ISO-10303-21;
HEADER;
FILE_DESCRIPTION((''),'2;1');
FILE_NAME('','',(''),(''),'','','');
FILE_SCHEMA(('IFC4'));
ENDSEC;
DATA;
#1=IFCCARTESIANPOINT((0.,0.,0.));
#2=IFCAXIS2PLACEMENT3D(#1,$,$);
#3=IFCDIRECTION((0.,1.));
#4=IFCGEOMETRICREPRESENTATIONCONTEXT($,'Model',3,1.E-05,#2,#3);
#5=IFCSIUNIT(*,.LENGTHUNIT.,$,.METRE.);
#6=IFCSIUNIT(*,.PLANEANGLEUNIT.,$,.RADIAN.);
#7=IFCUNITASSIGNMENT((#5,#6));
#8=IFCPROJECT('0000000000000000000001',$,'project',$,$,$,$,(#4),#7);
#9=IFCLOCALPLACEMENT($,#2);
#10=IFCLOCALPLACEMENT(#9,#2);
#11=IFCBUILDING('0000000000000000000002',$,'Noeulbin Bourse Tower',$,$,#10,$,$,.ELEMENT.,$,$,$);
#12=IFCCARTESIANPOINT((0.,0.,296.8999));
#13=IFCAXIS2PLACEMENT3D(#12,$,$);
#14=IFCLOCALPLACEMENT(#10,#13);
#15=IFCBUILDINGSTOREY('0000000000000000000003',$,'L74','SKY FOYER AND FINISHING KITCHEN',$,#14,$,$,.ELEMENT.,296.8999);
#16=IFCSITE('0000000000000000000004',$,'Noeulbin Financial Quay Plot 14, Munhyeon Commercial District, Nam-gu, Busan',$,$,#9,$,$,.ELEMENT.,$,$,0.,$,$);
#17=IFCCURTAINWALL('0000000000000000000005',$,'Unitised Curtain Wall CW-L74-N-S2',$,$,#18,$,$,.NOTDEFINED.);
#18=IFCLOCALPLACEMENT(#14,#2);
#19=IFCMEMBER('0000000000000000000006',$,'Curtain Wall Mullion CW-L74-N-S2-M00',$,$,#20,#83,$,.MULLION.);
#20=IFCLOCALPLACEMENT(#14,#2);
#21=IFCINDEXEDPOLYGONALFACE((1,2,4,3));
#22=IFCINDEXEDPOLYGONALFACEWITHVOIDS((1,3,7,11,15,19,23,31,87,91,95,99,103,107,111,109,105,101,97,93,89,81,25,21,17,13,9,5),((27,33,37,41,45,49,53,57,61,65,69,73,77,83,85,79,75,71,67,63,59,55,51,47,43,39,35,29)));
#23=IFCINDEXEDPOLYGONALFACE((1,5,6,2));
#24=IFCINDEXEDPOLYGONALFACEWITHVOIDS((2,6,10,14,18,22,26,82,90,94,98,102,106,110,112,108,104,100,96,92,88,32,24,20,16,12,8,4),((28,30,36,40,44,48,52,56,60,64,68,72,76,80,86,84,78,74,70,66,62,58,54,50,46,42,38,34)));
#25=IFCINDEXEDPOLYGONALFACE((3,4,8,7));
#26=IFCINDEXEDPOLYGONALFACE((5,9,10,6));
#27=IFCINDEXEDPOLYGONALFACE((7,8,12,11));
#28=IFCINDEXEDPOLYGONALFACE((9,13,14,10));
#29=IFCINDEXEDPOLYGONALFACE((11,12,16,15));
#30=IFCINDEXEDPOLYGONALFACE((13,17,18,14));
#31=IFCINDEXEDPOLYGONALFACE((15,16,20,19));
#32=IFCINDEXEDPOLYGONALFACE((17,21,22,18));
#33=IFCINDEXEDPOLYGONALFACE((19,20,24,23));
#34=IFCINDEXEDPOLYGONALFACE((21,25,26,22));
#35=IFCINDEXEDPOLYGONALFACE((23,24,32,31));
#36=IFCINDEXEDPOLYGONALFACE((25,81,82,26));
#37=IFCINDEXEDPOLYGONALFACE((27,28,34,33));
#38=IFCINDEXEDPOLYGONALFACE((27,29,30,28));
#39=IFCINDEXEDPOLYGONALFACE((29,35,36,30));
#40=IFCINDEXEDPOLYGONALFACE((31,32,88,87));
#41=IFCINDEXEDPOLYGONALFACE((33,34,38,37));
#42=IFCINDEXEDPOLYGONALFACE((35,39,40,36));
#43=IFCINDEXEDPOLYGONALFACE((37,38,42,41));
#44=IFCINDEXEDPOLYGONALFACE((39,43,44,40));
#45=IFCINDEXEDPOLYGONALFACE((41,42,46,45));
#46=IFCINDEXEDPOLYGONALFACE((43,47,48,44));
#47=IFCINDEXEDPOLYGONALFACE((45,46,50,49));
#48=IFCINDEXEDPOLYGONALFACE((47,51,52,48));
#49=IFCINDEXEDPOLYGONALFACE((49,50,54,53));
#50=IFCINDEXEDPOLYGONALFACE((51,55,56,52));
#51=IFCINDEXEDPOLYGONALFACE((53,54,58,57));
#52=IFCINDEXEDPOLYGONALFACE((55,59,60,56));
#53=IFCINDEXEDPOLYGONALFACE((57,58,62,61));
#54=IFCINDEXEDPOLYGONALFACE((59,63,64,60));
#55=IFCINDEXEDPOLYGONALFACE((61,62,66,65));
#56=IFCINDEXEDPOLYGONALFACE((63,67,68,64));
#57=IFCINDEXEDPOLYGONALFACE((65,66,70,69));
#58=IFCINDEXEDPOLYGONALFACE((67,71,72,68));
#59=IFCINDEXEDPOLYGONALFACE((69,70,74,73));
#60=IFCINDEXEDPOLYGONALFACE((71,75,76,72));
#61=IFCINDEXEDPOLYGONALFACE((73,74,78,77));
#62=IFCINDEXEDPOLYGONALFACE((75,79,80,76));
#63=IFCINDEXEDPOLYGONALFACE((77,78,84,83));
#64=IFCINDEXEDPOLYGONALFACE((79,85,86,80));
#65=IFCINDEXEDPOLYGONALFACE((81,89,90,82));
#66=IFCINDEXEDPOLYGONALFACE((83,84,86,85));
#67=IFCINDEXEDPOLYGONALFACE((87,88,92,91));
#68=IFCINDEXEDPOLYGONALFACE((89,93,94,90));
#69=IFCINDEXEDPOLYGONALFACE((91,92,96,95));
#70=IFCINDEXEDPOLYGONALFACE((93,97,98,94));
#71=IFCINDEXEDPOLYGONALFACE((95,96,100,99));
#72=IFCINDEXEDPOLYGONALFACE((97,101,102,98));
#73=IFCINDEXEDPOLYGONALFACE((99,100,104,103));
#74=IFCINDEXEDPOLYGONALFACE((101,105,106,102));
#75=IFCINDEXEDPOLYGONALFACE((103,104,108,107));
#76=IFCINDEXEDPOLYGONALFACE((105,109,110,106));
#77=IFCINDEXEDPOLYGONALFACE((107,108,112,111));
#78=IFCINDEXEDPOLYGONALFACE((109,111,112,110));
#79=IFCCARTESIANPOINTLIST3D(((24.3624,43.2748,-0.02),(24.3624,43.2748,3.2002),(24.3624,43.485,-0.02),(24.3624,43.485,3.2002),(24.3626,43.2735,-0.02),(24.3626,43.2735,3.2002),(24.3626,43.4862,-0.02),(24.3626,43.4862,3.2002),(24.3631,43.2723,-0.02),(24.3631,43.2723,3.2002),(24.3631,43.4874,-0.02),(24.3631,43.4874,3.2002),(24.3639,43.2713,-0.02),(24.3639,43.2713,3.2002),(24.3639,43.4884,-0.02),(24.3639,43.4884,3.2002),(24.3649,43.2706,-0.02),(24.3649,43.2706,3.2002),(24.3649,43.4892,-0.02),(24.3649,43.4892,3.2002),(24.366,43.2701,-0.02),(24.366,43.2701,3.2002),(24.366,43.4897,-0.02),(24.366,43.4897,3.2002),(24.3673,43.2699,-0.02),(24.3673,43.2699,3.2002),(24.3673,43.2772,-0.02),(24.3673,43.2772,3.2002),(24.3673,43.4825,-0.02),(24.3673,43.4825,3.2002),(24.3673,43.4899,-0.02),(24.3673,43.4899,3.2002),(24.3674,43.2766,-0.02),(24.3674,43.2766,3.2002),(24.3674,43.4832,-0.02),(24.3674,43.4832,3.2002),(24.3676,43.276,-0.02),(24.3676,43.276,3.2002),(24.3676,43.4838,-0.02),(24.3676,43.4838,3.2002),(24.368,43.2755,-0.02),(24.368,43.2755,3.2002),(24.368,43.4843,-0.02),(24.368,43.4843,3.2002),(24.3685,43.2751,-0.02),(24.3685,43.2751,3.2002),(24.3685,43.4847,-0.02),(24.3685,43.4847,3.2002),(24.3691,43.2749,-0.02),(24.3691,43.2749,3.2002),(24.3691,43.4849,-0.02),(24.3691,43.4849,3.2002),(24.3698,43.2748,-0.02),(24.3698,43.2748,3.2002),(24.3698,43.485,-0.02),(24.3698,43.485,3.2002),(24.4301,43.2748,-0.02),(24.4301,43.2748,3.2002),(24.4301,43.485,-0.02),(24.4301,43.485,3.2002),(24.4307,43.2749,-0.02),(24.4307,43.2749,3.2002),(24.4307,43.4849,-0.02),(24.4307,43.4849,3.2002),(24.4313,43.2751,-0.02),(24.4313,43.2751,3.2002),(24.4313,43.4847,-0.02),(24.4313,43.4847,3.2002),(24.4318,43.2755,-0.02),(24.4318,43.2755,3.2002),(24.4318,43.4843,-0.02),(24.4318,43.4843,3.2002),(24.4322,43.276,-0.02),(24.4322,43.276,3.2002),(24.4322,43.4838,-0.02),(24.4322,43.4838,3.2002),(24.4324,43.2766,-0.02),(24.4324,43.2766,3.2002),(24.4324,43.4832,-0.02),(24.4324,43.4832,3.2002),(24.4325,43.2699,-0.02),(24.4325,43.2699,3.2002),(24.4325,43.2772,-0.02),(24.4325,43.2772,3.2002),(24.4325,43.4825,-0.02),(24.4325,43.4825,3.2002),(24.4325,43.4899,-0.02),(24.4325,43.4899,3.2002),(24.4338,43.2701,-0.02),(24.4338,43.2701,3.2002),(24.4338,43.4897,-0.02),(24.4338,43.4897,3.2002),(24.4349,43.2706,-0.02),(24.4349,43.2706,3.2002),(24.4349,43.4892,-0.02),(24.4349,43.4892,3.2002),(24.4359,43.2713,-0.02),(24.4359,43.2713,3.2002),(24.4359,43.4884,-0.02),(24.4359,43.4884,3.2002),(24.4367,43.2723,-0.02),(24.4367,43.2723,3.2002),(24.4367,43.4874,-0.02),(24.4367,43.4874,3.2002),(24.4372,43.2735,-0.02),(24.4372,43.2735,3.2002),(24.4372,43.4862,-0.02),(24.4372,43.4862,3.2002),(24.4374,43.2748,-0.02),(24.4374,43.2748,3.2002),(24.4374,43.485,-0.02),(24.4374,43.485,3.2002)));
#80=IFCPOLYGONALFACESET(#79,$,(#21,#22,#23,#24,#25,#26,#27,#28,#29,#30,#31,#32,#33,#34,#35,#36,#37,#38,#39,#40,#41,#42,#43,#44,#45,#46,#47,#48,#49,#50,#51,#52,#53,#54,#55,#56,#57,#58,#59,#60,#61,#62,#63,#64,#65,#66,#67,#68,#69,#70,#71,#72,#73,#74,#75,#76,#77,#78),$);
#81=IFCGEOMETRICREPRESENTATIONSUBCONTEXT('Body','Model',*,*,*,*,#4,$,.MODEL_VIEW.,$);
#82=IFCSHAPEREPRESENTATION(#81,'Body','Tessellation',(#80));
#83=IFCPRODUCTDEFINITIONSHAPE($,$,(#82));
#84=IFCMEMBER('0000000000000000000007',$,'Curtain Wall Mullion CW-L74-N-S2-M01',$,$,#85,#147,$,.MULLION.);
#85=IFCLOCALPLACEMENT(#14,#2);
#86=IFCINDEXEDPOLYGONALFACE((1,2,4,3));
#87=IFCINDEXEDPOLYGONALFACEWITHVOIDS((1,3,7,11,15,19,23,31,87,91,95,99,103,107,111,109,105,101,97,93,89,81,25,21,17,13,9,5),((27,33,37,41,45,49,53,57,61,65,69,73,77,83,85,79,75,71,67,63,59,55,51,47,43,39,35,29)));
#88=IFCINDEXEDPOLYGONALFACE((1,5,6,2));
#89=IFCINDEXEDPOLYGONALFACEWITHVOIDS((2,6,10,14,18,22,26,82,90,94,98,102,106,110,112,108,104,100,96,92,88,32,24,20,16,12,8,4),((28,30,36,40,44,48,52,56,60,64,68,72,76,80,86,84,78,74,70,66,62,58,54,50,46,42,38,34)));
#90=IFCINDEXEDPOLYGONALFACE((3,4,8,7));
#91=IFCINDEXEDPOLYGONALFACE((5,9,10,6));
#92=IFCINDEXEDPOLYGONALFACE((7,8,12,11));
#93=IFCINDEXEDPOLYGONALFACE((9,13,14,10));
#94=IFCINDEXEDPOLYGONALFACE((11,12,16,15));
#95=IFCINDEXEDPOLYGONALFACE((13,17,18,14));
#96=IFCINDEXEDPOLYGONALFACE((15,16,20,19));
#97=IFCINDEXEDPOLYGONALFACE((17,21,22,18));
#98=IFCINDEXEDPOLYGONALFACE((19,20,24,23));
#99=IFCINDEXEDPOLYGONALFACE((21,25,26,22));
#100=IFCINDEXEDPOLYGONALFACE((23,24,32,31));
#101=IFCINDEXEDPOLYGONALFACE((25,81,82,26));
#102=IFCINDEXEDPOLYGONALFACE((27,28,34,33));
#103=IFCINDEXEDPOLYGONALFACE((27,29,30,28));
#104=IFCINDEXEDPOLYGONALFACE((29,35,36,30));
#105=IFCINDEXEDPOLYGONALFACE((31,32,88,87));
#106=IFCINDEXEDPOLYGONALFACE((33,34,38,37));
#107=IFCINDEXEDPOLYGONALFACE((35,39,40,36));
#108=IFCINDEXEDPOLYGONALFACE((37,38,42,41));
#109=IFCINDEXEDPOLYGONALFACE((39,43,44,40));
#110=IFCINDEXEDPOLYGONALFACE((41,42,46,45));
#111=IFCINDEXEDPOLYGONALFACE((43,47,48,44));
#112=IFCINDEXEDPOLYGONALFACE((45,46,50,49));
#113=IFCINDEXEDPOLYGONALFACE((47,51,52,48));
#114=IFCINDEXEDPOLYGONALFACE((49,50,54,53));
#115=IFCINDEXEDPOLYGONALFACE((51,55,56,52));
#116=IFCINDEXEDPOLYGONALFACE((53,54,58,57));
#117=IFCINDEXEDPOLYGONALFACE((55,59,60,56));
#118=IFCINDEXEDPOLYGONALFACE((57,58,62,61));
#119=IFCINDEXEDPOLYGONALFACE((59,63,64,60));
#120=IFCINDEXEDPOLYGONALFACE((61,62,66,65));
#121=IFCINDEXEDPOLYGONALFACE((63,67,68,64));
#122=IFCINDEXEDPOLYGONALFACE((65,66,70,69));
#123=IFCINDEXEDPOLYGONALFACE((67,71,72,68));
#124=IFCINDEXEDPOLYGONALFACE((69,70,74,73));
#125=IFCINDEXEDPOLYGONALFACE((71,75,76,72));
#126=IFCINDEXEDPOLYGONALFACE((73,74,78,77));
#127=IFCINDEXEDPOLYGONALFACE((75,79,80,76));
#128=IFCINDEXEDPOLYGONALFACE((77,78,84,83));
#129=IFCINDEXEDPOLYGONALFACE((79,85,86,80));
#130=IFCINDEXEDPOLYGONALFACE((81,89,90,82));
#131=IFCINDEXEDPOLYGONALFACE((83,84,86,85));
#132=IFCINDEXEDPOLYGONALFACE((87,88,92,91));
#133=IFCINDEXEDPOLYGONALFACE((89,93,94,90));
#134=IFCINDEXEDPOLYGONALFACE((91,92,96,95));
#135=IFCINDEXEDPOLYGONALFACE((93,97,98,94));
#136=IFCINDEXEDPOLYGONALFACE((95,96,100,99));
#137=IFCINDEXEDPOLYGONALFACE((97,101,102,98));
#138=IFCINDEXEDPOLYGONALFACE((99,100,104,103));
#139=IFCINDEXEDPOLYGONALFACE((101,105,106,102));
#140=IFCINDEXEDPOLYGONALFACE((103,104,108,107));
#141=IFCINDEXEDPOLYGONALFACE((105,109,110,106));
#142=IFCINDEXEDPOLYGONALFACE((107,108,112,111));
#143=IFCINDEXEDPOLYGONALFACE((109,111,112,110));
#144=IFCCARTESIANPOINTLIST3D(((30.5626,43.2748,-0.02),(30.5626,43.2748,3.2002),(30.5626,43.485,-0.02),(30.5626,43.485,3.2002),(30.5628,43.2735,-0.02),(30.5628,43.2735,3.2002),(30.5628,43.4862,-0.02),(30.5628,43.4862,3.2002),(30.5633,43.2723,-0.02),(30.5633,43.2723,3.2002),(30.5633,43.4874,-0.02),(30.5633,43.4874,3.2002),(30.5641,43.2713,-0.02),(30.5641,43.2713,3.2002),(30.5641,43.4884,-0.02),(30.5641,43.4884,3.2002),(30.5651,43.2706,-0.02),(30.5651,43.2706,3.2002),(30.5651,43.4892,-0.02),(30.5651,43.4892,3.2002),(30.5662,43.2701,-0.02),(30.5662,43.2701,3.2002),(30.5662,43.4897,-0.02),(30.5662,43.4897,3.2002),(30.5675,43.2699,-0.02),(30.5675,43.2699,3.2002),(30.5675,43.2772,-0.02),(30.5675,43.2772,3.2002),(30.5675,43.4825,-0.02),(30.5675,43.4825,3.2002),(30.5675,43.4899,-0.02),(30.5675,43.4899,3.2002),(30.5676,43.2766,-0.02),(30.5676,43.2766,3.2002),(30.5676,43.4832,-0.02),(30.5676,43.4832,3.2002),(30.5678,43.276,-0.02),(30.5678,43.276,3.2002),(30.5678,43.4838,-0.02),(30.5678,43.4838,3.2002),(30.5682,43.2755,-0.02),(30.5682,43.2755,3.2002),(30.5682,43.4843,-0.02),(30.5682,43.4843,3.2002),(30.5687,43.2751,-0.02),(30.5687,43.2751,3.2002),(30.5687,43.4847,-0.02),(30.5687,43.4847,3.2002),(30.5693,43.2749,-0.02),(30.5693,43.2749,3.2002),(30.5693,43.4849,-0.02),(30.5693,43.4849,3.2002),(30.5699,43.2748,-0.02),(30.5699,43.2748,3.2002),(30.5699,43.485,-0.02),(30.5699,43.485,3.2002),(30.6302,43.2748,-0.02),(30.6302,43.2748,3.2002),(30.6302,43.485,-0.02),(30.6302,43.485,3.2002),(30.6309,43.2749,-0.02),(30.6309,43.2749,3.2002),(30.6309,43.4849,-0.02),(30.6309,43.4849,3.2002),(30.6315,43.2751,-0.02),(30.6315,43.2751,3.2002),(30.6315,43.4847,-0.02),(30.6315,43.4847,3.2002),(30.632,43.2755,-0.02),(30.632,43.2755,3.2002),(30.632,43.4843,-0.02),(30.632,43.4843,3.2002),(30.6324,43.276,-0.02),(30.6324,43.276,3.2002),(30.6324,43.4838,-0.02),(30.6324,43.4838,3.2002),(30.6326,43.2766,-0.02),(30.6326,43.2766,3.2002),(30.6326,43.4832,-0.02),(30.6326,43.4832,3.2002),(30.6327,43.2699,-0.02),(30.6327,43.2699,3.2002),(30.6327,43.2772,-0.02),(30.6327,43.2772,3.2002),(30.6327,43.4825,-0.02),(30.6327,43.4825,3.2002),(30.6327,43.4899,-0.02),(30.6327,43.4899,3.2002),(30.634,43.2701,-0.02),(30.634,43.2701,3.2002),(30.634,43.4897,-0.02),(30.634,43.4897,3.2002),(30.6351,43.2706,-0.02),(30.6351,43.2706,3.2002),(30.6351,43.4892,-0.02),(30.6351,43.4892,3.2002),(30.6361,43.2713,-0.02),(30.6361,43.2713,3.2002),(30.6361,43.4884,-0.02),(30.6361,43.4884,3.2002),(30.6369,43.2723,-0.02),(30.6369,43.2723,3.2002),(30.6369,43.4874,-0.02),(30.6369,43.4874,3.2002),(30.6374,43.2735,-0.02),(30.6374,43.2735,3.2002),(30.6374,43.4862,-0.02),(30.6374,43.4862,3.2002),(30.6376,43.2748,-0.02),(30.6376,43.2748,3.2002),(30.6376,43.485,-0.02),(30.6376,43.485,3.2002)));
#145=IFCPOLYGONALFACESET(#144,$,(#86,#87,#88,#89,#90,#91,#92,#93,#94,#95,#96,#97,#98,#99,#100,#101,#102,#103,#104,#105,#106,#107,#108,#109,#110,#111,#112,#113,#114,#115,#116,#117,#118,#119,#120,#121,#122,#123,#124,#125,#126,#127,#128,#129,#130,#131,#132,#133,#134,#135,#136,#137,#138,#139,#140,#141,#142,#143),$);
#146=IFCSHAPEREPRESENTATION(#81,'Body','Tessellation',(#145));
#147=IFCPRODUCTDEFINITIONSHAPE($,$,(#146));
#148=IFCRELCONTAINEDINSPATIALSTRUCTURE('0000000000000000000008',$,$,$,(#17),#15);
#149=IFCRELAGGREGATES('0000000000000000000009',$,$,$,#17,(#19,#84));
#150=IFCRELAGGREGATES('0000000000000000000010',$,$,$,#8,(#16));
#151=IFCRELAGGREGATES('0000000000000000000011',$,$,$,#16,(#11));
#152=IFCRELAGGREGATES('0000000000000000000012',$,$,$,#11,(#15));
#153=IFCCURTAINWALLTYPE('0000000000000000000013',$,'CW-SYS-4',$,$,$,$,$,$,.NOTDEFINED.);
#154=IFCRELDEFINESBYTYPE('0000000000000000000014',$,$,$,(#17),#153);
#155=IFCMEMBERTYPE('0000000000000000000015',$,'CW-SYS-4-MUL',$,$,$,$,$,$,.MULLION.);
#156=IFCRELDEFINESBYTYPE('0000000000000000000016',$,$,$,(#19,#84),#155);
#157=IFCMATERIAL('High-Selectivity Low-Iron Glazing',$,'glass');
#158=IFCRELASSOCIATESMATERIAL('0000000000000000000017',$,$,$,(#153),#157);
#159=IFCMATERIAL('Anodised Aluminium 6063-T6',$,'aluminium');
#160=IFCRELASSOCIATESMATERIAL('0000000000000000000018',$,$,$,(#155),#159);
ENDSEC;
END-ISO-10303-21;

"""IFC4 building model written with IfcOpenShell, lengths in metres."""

from ifc_helpers import new_model, si_unit, direction, frame, origin, origin_2d, place, context, subcontext, project, spatial, hollow_rectangle, extrude, material, material_profile, profile_set, type_object, element, aggregate, save


model = new_model("IFC4")

# Units and contexts
model_context = context("Model", 3, precision=1e-05, world=origin(), true_north=direction((0.0, 1.0)))
body_context = subcontext(model_context, "Body", "Model", "MODEL_VIEW")
ifc_project = project(units=[si_unit("LENGTHUNIT", "METRE"), si_unit("PLANEANGLEUNIT", "RADIAN")], contexts=[model_context])

# Site, building, storey
site_placement = place(None, origin())
site = spatial("IfcSite", under=ifc_project, at=site_placement, Name="Noeulbin Financial Quay Plot 14, Munhyeon Commercial District, Nam-gu, Busan", CompositionType="ELEMENT", RefElevation=0.0)
building_placement = place(site_placement, origin())
building = spatial("IfcBuilding", under=site, at=building_placement, Name="Noeulbin Bourse Tower", CompositionType="ELEMENT")
storey_placement = place(building_placement, frame((0.0, 0.0, 296.8999)))
storey = spatial("IfcBuildingStorey", under=building, at=storey_placement, Name="L74", Description="SKY FOYER AND FINISHING KITCHEN", CompositionType="ELEMENT", Elevation=296.8999)

# Curtain wall, members
ifc_material_1 = material(Name="High-Selectivity Low-Iron Glazing", Category="glass")
curtain_wall_type = type_object("IfcCurtainWallType", Name="CW-SYS-4", PredefinedType="NOTDEFINED", material=ifc_material_1)
ifc_material_2 = material(Name="Anodised Aluminium 6063-T6", Category="aluminium")
ifc_material_profile_1 = material_profile(ifc_material_2, hollow_rectangle(XDim=0.075, YDim=0.22, WallThickness=0.0049, InnerFilletRadius=0.0024, OuterFilletRadius=0.0049, at=origin_2d()), Name="ALU-MULL-75x220x5", Category="LoadBearing")
ifc_profile_set_1 = profile_set([ifc_material_profile_1], Name="Anodised Aluminium 6063-T6")
member_type_1 = type_object("IfcMemberType", Name="CW-SYS-4-MUL", PredefinedType="MULLION", material=ifc_profile_set_1)
curtain_wall_1_placement = place(storey_placement, origin())
curtain_wall_1 = element("IfcCurtainWall", 1, at=curtain_wall_1_placement, inside=storey, type_object=curtain_wall_type, Name="Unitised Curtain Wall CW-L74-N-S2", PredefinedType="NOTDEFINED")
member_1_placement = place(storey_placement, frame((24.3999, 43.3799, -0.02), z_axis=(0.0, 0.0, 1.0), x_axis=(1.0, 0.0, 0.0)))
member_1 = element("IfcMember", 2, at=member_1_placement, type_object=member_type_1, Name="Curtain Wall Mullion CW-L74-N-S2-M00", PredefinedType="MULLION", context=body_context, shape_type="SweptSolid", body=[
    extrude(hollow_rectangle(XDim=0.075, YDim=0.22, WallThickness=0.0049, InnerFilletRadius=0.0024, OuterFilletRadius=0.0049, at=origin_2d()), origin(), (0.0, 0.0, 1.0), 3.2202),
])
member_2_placement = place(storey_placement, frame((30.6001, 43.3799, -0.02), z_axis=(0.0, 0.0, 1.0), x_axis=(1.0, 0.0, 0.0)))
member_2 = element("IfcMember", 3, at=member_2_placement, type_object=member_type_1, Name="Curtain Wall Mullion CW-L74-N-S2-M01", PredefinedType="MULLION", context=body_context, shape_type="SweptSolid", body=[
    extrude(hollow_rectangle(XDim=0.075, YDim=0.22, WallThickness=0.0049, InnerFilletRadius=0.0024, OuterFilletRadius=0.0049, at=origin_2d()), origin(), (0.0, 0.0, 1.0), 3.2202),
])

aggregate(curtain_wall_1, [member_1, member_2])

save(model, "model.ifc")
